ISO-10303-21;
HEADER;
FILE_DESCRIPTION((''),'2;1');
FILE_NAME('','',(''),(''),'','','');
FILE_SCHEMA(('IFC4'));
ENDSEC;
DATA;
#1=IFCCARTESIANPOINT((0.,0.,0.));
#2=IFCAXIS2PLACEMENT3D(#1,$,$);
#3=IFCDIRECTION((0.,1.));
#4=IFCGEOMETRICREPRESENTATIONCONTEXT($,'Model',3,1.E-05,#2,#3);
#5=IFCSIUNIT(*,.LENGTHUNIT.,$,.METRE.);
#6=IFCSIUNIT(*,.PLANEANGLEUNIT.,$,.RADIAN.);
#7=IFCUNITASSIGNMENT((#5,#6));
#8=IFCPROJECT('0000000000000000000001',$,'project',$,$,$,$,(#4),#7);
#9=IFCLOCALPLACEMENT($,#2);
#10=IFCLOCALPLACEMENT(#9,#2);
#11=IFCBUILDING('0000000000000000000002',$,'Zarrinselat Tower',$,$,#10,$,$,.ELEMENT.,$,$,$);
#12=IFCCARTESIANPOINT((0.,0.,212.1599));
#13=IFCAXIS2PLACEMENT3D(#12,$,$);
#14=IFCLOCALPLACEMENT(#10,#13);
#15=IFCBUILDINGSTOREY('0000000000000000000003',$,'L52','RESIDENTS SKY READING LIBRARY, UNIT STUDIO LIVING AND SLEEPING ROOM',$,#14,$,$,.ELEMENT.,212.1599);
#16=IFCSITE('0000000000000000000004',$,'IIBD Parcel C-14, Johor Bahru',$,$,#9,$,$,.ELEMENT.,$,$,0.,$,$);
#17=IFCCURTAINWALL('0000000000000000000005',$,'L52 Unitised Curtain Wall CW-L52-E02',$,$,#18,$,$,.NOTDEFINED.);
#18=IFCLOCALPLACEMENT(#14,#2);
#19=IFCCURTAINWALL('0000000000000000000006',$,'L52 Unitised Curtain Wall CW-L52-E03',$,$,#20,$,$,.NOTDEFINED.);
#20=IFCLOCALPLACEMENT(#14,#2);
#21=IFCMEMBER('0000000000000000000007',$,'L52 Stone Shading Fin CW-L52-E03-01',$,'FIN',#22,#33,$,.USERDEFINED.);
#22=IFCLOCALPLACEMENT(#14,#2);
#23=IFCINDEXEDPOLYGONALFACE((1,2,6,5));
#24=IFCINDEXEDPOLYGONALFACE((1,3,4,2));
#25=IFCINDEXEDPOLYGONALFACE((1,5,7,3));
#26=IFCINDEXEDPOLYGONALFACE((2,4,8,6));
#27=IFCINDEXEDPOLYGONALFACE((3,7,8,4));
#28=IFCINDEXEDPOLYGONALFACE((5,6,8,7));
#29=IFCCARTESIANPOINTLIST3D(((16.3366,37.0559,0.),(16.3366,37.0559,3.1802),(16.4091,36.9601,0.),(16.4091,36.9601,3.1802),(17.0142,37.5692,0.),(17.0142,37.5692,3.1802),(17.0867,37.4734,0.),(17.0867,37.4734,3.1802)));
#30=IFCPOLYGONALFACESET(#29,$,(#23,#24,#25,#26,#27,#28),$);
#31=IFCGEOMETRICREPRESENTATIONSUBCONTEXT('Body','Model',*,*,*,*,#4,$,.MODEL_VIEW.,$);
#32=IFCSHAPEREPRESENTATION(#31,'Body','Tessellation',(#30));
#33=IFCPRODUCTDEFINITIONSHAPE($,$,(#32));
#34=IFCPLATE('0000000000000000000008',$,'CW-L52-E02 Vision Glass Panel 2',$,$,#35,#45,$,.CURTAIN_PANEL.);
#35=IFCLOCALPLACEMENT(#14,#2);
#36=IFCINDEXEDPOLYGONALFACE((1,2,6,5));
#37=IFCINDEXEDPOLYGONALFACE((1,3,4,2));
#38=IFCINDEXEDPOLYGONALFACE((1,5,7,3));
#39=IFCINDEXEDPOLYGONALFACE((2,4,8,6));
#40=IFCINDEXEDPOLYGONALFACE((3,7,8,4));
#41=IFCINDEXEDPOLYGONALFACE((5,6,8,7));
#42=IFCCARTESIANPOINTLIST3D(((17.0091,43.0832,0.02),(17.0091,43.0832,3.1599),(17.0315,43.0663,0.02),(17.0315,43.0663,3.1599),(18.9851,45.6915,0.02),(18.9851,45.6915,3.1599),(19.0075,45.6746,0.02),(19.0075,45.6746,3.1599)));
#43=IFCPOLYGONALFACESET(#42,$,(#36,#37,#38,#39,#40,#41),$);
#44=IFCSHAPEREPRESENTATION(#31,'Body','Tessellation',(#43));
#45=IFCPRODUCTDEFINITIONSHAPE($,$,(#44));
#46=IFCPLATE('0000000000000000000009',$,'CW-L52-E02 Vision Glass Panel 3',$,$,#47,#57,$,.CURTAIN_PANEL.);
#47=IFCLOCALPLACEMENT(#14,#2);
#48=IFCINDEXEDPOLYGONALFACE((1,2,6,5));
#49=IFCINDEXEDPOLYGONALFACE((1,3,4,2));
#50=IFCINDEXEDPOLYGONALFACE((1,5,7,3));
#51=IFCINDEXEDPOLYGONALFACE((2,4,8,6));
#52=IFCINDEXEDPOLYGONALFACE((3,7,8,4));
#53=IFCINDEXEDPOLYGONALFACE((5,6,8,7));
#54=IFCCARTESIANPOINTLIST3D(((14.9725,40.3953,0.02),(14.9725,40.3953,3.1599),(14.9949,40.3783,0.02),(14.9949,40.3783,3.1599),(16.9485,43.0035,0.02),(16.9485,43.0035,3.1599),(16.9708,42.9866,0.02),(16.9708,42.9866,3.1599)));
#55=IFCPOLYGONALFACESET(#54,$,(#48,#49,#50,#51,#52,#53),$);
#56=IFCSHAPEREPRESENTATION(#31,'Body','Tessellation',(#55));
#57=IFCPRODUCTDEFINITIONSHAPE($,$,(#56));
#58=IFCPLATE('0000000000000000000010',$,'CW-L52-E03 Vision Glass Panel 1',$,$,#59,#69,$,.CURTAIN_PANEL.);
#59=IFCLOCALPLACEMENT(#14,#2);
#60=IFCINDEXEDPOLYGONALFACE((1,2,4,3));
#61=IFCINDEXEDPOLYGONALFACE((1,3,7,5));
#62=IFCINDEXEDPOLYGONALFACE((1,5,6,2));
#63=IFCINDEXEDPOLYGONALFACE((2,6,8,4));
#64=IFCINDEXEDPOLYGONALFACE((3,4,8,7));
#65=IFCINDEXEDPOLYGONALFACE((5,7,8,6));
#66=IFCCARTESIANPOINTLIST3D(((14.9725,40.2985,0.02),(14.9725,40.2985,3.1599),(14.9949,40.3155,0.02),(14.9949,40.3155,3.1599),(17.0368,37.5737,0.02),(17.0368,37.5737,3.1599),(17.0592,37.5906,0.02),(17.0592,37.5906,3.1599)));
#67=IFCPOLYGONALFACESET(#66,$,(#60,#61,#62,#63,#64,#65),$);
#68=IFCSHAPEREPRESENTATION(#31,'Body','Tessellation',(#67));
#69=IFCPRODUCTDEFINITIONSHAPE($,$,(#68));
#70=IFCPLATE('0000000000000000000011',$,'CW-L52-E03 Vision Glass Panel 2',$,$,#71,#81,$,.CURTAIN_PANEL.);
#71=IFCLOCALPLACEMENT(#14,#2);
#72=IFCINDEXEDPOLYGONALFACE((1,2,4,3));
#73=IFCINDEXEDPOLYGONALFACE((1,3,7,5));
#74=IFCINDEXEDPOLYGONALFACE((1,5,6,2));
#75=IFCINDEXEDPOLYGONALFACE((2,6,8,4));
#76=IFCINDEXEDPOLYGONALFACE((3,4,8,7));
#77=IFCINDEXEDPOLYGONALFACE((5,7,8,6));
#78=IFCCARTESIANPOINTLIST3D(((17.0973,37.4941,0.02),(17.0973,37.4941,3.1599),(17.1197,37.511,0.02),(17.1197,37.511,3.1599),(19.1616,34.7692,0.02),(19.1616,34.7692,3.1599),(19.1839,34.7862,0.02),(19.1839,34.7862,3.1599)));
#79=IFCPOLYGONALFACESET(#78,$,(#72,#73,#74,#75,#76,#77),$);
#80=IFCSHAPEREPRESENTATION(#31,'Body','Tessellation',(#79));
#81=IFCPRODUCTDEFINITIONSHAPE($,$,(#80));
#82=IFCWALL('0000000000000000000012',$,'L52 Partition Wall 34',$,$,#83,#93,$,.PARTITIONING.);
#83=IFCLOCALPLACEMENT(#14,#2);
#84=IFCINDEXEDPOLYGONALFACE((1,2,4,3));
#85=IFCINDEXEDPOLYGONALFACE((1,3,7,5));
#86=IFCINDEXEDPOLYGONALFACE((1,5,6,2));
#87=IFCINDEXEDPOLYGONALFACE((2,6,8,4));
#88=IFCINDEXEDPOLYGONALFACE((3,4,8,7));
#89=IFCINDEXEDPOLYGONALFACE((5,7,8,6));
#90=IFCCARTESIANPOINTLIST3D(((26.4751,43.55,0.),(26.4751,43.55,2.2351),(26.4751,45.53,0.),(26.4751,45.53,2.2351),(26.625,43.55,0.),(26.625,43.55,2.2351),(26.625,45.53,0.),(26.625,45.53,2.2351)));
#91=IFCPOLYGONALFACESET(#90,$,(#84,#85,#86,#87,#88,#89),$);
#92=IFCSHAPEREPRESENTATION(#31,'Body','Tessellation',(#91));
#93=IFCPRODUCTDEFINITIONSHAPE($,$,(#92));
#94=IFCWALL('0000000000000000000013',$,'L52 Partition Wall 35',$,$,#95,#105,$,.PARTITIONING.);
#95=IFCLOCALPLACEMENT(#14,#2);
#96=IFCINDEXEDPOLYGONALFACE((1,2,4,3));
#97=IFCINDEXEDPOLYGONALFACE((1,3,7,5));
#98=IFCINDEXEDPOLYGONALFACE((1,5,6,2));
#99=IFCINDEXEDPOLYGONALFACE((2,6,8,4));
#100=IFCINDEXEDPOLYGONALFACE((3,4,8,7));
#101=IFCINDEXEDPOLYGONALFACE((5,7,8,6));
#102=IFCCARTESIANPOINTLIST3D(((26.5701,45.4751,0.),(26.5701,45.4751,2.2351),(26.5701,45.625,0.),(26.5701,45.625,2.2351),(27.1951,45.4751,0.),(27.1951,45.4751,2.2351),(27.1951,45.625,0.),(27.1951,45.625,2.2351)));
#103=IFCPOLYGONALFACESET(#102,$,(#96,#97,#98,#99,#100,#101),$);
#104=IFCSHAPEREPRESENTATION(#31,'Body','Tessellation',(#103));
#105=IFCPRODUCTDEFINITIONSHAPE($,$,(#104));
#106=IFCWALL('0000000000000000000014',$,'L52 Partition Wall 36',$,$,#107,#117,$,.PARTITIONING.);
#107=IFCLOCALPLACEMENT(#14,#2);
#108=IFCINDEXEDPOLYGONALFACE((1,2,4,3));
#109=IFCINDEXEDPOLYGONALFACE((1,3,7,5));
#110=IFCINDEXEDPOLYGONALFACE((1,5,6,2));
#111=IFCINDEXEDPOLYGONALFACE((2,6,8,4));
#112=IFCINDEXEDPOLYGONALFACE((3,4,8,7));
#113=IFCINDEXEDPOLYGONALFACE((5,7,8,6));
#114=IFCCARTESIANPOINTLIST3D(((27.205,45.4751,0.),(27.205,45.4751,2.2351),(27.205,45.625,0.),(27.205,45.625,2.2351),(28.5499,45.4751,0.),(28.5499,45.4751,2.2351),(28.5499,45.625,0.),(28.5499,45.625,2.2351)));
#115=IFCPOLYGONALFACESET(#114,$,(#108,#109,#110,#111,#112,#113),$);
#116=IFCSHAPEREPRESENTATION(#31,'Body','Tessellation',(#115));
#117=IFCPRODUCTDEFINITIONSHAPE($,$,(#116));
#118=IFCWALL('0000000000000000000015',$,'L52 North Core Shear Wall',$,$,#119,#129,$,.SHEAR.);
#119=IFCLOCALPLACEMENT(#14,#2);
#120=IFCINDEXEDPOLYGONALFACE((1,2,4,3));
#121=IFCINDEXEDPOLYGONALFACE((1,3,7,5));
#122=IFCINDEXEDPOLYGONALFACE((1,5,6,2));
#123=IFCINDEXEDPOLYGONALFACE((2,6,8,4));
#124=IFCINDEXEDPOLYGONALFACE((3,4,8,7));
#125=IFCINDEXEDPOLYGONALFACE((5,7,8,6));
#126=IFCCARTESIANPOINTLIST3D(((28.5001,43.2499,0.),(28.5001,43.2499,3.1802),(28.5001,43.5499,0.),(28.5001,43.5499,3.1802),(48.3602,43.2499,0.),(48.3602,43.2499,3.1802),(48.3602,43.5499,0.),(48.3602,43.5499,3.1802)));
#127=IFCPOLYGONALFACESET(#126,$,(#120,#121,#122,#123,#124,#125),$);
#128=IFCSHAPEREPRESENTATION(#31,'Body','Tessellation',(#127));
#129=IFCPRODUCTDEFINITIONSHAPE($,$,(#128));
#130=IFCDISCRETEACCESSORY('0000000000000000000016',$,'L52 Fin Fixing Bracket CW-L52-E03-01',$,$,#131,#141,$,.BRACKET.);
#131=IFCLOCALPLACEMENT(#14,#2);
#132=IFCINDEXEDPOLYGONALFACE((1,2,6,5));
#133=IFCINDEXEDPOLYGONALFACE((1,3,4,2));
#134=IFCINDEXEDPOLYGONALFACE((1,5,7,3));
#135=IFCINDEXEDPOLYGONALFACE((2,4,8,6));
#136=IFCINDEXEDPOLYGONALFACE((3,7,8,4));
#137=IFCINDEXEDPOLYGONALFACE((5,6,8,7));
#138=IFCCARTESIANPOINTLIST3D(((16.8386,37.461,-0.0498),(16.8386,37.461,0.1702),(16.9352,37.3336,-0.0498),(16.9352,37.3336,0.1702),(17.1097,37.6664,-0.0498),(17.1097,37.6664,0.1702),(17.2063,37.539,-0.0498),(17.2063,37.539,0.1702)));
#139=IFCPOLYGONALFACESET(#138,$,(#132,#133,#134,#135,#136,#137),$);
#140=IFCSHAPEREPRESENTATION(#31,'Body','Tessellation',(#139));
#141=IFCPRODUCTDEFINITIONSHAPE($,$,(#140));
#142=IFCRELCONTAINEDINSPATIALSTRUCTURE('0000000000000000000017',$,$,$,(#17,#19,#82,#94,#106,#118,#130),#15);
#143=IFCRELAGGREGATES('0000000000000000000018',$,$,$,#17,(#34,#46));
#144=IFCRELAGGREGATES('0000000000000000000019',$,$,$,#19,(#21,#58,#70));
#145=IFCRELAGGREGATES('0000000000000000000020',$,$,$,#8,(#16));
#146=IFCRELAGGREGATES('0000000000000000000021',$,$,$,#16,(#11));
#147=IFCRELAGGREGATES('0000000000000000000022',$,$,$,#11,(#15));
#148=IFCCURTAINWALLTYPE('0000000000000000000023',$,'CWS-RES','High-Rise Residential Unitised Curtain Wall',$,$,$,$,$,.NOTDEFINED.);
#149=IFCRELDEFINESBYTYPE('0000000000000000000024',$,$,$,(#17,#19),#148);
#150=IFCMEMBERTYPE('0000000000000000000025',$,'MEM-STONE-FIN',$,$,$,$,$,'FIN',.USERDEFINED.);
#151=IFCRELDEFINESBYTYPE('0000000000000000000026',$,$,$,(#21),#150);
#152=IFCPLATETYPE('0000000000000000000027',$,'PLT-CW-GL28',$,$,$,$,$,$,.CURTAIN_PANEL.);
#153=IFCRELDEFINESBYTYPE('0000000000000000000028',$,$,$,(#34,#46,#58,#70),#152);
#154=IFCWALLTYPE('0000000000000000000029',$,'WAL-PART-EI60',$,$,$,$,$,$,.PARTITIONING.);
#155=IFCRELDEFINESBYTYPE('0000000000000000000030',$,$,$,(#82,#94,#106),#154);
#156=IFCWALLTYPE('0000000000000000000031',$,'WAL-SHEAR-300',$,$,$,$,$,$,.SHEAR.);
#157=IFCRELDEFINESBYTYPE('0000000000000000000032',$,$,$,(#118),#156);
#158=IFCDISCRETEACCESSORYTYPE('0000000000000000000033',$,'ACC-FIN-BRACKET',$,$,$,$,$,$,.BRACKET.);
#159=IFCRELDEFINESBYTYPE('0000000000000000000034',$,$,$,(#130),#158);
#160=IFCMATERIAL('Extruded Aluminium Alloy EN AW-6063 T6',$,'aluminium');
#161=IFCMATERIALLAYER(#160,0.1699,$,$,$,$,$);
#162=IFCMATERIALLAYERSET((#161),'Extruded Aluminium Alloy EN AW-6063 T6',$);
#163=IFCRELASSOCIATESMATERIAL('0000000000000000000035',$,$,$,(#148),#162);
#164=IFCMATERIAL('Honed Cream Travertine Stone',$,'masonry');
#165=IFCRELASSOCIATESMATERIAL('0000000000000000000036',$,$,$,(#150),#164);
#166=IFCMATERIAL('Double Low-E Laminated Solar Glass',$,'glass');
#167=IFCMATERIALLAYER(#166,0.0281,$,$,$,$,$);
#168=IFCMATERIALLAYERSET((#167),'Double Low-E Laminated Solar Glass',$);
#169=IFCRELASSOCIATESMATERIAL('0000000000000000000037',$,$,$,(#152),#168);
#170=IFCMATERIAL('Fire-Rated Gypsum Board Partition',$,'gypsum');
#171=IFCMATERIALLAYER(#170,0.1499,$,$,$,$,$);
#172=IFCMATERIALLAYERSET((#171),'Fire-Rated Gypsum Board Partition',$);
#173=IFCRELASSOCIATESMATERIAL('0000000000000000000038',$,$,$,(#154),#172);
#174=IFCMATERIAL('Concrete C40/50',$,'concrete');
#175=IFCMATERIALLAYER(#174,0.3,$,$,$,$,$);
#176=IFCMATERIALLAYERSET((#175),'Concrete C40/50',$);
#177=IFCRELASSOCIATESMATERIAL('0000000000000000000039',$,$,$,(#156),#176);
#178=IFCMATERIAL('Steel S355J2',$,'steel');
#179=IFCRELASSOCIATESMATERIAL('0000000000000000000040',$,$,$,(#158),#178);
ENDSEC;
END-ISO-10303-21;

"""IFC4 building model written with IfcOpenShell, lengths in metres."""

from ifc_helpers import new_model, si_unit, direction, frame, frame_2d, origin, origin_2d, place, context, subcontext, project, spatial, rectangle, extrude, material, layer, layer_set, material_profile, profile_set, type_object, element, aggregate, save


model = new_model("IFC4")

# Units and contexts
model_context = context("Model", 3, precision=1e-05, world=origin(), true_north=direction((0.0, 1.0)))
body_context = subcontext(model_context, "Body", "Model", "MODEL_VIEW")
ifc_project = project(units=[si_unit("LENGTHUNIT", "METRE"), si_unit("PLANEANGLEUNIT", "RADIAN")], contexts=[model_context])

# Site, building, storey
site_placement = place(None, origin())
site = spatial("IfcSite", under=ifc_project, at=site_placement, Name="IIBD Parcel C-14, Johor Bahru", CompositionType="ELEMENT", RefElevation=0.0)
building_placement = place(site_placement, origin())
building = spatial("IfcBuilding", under=site, at=building_placement, Name="Zarrinselat Tower", CompositionType="ELEMENT")
storey_placement = place(building_placement, frame((0.0, 0.0, 212.1599)))
storey = spatial("IfcBuildingStorey", under=building, at=storey_placement, Name="L52", Description="RESIDENTS SKY READING LIBRARY, UNIT STUDIO LIVING AND SLEEPING ROOM", CompositionType="ELEMENT", Elevation=212.1599)

# Curtain walls, member
ifc_material_1 = material(Name="Extruded Aluminium Alloy EN AW-6063 T6", Category="aluminium")
ifc_layer_1 = layer(ifc_material_1, 0.1699)
ifc_layer_set_1 = layer_set([ifc_layer_1], Name="Extruded Aluminium Alloy EN AW-6063 T6")
curtain_wall_type = type_object("IfcCurtainWallType", Name="CWS-RES", Description="High-Rise Residential Unitised Curtain Wall", PredefinedType="NOTDEFINED", material=ifc_layer_set_1)
curtain_wall_1_placement = place(storey_placement, origin())
curtain_wall_1 = element("IfcCurtainWall", 1, at=curtain_wall_1_placement, inside=storey, type_object=curtain_wall_type, Name="L52 Unitised Curtain Wall CW-L52-E02", PredefinedType="NOTDEFINED")
curtain_wall_2_placement = place(storey_placement, origin())
curtain_wall_2 = element("IfcCurtainWall", 2, at=curtain_wall_2_placement, inside=storey, type_object=curtain_wall_type, Name="L52 Unitised Curtain Wall CW-L52-E03", PredefinedType="NOTDEFINED")
ifc_material_2 = material(Name="Honed Cream Travertine Stone", Category="masonry")
ifc_material_profile_1 = material_profile(ifc_material_2, rectangle(XDim=0.1201, YDim=0.8501, at=origin_2d()), Name="FIN 850x120")
ifc_profile_set_1 = profile_set([ifc_material_profile_1], Name="Honed Cream Travertine Stone")
member_type_1 = type_object("IfcMemberType", Name="MEM-STONE-FIN", ElementType="FIN", PredefinedType="USERDEFINED", material=ifc_profile_set_1)
member_1_placement = place(storey_placement, frame((16.7117, 37.2646, 0.0), z_axis=(0.0, 0.0, 1.0), x_axis=(-0.603859, 0.797091, 0.0)))
member_1 = element("IfcMember", 3, at=member_1_placement, type_object=member_type_1, Name="L52 Stone Shading Fin CW-L52-E03-01", ObjectType="FIN", PredefinedType="USERDEFINED", context=body_context, shape_type="SweptSolid", body=[
    extrude(rectangle(XDim=0.1201, YDim=0.8501, at=origin_2d()), origin(), (0.0, 0.0, 1.0), 3.1802),
])

# Plates
ifc_material_3 = material(Name="Double Low-E Laminated Solar Glass", Category="glass")
ifc_layer_2 = layer(ifc_material_3, 0.0281)
ifc_layer_set_2 = layer_set([ifc_layer_2], Name="Double Low-E Laminated Solar Glass")
plate_type = type_object("IfcPlateType", Name="PLT-CW-GL28", PredefinedType="CURTAIN_PANEL", material=ifc_layer_set_2)
plate_1_placement = place(storey_placement, frame((18.0083, 44.3789, 0.02), z_axis=(0.0, 0.0, 1.0), x_axis=(-0.603854, -0.797095, 0.0)))
plate_1 = element("IfcPlate", 4, at=plate_1_placement, type_object=plate_type, Name="CW-L52-E02 Vision Glass Panel 2", PredefinedType="CURTAIN_PANEL", context=body_context, shape_type="SweptSolid", body=[
    extrude(rectangle(XDim=3.2722, YDim=0.0281, at=origin_2d()), origin(), (0.0, 0.0, 1.0), 3.1399),
])
plate_2_placement = place(storey_placement, frame((15.9717, 41.6909, 0.02), z_axis=(0.0, 0.0, 1.0), x_axis=(-0.603854, -0.797095, 0.0)))
plate_2 = element("IfcPlate", 5, at=plate_2_placement, type_object=plate_type, Name="CW-L52-E02 Vision Glass Panel 3", PredefinedType="CURTAIN_PANEL", context=body_context, shape_type="SweptSolid", body=[
    extrude(rectangle(XDim=3.2722, YDim=0.0281, at=origin_2d()), origin(), (0.0, 0.0, 1.0), 3.1399),
])
aggregate(curtain_wall_1, [plate_1, plate_2])
plate_3_placement = place(storey_placement, frame((16.0159, 38.9446, 0.02), z_axis=(0.0, 0.0, 1.0), x_axis=(0.603859, -0.797091, 0.0)))
plate_3 = element("IfcPlate", 6, at=plate_3_placement, type_object=plate_type, Name="CW-L52-E03 Vision Glass Panel 1", PredefinedType="CURTAIN_PANEL", context=body_context, shape_type="SweptSolid", body=[
    extrude(rectangle(XDim=3.4185, YDim=0.0281, at=origin_2d()), origin(), (0.0, 0.0, 1.0), 3.1399),
])
plate_4_placement = place(storey_placement, frame((18.1406, 36.1401, 0.02), z_axis=(0.0, 0.0, 1.0), x_axis=(0.603859, -0.797091, 0.0)))
plate_4 = element("IfcPlate", 7, at=plate_4_placement, type_object=plate_type, Name="CW-L52-E03 Vision Glass Panel 2", PredefinedType="CURTAIN_PANEL", context=body_context, shape_type="SweptSolid", body=[
    extrude(rectangle(XDim=3.4185, YDim=0.0281, at=origin_2d()), origin(), (0.0, 0.0, 1.0), 3.1399),
])
aggregate(curtain_wall_2, [member_1, plate_3, plate_4])

# Walls
ifc_material_4 = material(Name="Fire-Rated Gypsum Board Partition", Category="gypsum")
ifc_layer_3 = layer(ifc_material_4, 0.1499)
ifc_layer_set_3 = layer_set([ifc_layer_3], Name="Fire-Rated Gypsum Board Partition")
wall_type_1 = type_object("IfcWallType", Name="WAL-PART-EI60", PredefinedType="PARTITIONING", material=ifc_layer_set_3)
wall_1_placement = place(storey_placement, frame((26.55, 43.55, 0.0), z_axis=(0.0, 0.0, 1.0), x_axis=(0.0, 1.0, 0.0)))
element("IfcWall", 8, at=wall_1_placement, inside=storey, type_object=wall_type_1, Name="L52 Partition Wall 34", PredefinedType="PARTITIONING", context=body_context, shape_type="SweptSolid", body=[
    extrude(rectangle(XDim=1.98, YDim=0.1499, at=frame_2d((0.99, 0.0))), origin(), (0.0, 0.0, 1.0), 2.2351),
])
wall_2_placement = place(storey_placement, frame((26.5701, 45.55, 0.0), z_axis=(0.0, 0.0, 1.0), x_axis=(1.0, 0.0, 0.0)))
element("IfcWall", 9, at=wall_2_placement, inside=storey, type_object=wall_type_1, Name="L52 Partition Wall 35", PredefinedType="PARTITIONING", context=body_context, shape_type="SweptSolid", body=[
    extrude(rectangle(XDim=0.625, YDim=0.1499, at=frame_2d((0.3125, 0.0))), origin(), (0.0, 0.0, 1.0), 2.2351),
])
wall_3_placement = place(storey_placement, frame((27.2051, 45.55, 0.0), z_axis=(0.0, 0.0, 1.0), x_axis=(1.0, 0.0, 0.0)))
element("IfcWall", 10, at=wall_3_placement, inside=storey, type_object=wall_type_1, Name="L52 Partition Wall 36", PredefinedType="PARTITIONING", context=body_context, shape_type="SweptSolid", body=[
    extrude(rectangle(XDim=1.345, YDim=0.1499, at=frame_2d((0.6724, 0.0))), origin(), (0.0, 0.0, 1.0), 2.2351),
])
ifc_material_5 = material(Name="Concrete C40/50", Category="concrete")
ifc_layer_4 = layer(ifc_material_5, 0.3)
ifc_layer_set_4 = layer_set([ifc_layer_4], Name="Concrete C40/50")
wall_type_2 = type_object("IfcWallType", Name="WAL-SHEAR-300", PredefinedType="SHEAR", material=ifc_layer_set_4)
wall_4_placement = place(storey_placement, frame((28.5, 43.3999, 0.0), z_axis=(0.0, 0.0, 1.0), x_axis=(1.0, 0.0, 0.0)))
element("IfcWall", 11, at=wall_4_placement, inside=storey, type_object=wall_type_2, Name="L52 North Core Shear Wall", PredefinedType="SHEAR", context=body_context, shape_type="SweptSolid", body=[
    extrude(rectangle(XDim=19.8601, YDim=0.3, at=frame_2d((9.9302, 0.0))), origin(), (0.0, 0.0, 1.0), 3.1802),
])

# Discrete accessory
ifc_material_6 = material(Name="Steel S355J2", Category="steel")
discrete_accessory_type = type_object("IfcDiscreteAccessoryType", Name="ACC-FIN-BRACKET", PredefinedType="BRACKET", material=ifc_material_6)
discrete_accessory_placement = place(storey_placement, frame((17.0225, 37.5, -0.0498), z_axis=(0.0, 0.0, 1.0), x_axis=(-0.797091, -0.603859, 0.0)))
element("IfcDiscreteAccessory", 12, at=discrete_accessory_placement, inside=storey, type_object=discrete_accessory_type, Name="L52 Fin Fixing Bracket CW-L52-E03-01", PredefinedType="BRACKET", context=body_context, shape_type="SweptSolid", body=[
    extrude(rectangle(XDim=0.3401, YDim=0.1599, at=origin_2d()), origin(), (0.0, 0.0, 1.0), 0.22),
])

save(model, "model.ifc")
